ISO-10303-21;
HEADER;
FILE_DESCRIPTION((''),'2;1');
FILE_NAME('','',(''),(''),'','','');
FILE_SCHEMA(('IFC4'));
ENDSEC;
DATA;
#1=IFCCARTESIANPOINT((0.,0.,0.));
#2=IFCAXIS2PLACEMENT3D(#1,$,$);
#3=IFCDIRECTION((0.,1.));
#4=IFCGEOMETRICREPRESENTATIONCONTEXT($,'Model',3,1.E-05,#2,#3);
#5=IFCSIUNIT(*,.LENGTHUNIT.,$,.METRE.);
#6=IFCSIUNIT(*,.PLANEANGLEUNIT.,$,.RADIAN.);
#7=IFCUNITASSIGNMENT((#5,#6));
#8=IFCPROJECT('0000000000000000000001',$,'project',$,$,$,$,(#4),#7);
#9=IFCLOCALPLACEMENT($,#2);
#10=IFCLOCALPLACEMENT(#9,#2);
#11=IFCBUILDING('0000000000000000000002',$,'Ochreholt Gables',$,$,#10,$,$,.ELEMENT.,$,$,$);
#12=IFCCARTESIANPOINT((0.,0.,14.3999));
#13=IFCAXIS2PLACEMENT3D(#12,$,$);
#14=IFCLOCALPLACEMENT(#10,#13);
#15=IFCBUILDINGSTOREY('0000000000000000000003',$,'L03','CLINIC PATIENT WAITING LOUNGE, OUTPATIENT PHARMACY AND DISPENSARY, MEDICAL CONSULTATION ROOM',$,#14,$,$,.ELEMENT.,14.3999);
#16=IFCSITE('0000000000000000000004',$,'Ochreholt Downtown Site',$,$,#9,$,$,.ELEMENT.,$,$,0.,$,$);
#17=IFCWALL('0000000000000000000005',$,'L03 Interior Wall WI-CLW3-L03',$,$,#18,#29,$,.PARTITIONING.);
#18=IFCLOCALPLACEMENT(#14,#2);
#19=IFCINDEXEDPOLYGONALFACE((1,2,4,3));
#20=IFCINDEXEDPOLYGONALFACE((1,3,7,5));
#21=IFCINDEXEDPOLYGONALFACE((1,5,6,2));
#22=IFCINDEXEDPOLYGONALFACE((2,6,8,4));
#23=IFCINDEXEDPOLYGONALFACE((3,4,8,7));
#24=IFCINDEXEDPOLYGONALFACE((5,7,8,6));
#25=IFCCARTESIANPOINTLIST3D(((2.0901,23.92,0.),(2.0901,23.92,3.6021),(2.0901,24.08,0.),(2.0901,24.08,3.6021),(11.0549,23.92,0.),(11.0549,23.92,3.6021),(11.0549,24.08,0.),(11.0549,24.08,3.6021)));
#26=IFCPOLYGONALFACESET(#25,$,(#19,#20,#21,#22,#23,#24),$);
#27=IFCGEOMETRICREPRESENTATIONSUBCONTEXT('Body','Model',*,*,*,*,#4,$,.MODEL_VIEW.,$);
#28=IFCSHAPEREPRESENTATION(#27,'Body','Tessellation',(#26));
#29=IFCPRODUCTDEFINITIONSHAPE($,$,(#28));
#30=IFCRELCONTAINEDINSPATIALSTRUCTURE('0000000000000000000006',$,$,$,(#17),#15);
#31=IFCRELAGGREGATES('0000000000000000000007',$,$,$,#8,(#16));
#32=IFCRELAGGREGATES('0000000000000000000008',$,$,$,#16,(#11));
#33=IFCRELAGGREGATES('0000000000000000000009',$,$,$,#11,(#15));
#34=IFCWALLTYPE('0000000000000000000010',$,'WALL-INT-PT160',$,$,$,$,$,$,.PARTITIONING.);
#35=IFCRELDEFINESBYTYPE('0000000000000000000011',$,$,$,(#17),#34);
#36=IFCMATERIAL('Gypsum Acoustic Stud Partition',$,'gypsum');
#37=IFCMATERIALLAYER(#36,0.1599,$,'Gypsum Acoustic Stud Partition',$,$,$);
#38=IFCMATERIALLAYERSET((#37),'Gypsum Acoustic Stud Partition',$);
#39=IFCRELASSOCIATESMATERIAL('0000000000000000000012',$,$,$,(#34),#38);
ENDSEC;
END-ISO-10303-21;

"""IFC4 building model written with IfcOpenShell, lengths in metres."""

from ifc_helpers import new_model, si_unit, direction, frame, frame_2d, origin, place, context, subcontext, project, spatial, rectangle, extrude, material, layer, layer_set, type_object, element, save


model = new_model("IFC4")

# Units and contexts
model_context = context("Model", 3, precision=1e-05, world=origin(), true_north=direction((0.0, 1.0)))
body_context = subcontext(model_context, "Body", "Model", "MODEL_VIEW")
ifc_project = project(units=[si_unit("LENGTHUNIT", "METRE"), si_unit("PLANEANGLEUNIT", "RADIAN")], contexts=[model_context])

# Site, building, storey
site_placement = place(None, origin())
site = spatial("IfcSite", under=ifc_project, at=site_placement, Name="Ochreholt Downtown Site", CompositionType="ELEMENT", RefElevation=0.0)
building_placement = place(site_placement, origin())
building = spatial("IfcBuilding", under=site, at=building_placement, Name="Ochreholt Gables", CompositionType="ELEMENT")
storey_placement = place(building_placement, frame((0.0, 0.0, 14.3999)))
storey = spatial("IfcBuildingStorey", under=building, at=storey_placement, Name="L03", Description="CLINIC PATIENT WAITING LOUNGE, OUTPATIENT PHARMACY AND DISPENSARY, MEDICAL CONSULTATION ROOM", CompositionType="ELEMENT", Elevation=14.3999)

# Wall
ifc_material_1 = material(Name="Gypsum Acoustic Stud Partition", Category="gypsum")
ifc_layer_1 = layer(ifc_material_1, 0.1599, Name="Gypsum Acoustic Stud Partition")
ifc_layer_set_1 = layer_set([ifc_layer_1], Name="Gypsum Acoustic Stud Partition")
wall_type_1 = type_object("IfcWallType", Name="WALL-INT-PT160", PredefinedType="PARTITIONING", material=ifc_layer_set_1)
wall_1_placement = place(storey_placement, frame((2.0901, 24.0, 0.0), z_axis=(0.0, 0.0, 1.0), x_axis=(1.0, 0.0, 0.0)))
element("IfcWall", 1, at=wall_1_placement, inside=storey, type_object=wall_type_1, Name="L03 Interior Wall WI-CLW3-L03", PredefinedType="PARTITIONING", context=body_context, shape_type="SweptSolid", body=[
    extrude(rectangle(XDim=8.9648, YDim=0.1599, at=frame_2d((4.4824, 0.0))), origin(), (0.0, 0.0, 1.0), 3.6021),
])

save(model, "model.ifc")
